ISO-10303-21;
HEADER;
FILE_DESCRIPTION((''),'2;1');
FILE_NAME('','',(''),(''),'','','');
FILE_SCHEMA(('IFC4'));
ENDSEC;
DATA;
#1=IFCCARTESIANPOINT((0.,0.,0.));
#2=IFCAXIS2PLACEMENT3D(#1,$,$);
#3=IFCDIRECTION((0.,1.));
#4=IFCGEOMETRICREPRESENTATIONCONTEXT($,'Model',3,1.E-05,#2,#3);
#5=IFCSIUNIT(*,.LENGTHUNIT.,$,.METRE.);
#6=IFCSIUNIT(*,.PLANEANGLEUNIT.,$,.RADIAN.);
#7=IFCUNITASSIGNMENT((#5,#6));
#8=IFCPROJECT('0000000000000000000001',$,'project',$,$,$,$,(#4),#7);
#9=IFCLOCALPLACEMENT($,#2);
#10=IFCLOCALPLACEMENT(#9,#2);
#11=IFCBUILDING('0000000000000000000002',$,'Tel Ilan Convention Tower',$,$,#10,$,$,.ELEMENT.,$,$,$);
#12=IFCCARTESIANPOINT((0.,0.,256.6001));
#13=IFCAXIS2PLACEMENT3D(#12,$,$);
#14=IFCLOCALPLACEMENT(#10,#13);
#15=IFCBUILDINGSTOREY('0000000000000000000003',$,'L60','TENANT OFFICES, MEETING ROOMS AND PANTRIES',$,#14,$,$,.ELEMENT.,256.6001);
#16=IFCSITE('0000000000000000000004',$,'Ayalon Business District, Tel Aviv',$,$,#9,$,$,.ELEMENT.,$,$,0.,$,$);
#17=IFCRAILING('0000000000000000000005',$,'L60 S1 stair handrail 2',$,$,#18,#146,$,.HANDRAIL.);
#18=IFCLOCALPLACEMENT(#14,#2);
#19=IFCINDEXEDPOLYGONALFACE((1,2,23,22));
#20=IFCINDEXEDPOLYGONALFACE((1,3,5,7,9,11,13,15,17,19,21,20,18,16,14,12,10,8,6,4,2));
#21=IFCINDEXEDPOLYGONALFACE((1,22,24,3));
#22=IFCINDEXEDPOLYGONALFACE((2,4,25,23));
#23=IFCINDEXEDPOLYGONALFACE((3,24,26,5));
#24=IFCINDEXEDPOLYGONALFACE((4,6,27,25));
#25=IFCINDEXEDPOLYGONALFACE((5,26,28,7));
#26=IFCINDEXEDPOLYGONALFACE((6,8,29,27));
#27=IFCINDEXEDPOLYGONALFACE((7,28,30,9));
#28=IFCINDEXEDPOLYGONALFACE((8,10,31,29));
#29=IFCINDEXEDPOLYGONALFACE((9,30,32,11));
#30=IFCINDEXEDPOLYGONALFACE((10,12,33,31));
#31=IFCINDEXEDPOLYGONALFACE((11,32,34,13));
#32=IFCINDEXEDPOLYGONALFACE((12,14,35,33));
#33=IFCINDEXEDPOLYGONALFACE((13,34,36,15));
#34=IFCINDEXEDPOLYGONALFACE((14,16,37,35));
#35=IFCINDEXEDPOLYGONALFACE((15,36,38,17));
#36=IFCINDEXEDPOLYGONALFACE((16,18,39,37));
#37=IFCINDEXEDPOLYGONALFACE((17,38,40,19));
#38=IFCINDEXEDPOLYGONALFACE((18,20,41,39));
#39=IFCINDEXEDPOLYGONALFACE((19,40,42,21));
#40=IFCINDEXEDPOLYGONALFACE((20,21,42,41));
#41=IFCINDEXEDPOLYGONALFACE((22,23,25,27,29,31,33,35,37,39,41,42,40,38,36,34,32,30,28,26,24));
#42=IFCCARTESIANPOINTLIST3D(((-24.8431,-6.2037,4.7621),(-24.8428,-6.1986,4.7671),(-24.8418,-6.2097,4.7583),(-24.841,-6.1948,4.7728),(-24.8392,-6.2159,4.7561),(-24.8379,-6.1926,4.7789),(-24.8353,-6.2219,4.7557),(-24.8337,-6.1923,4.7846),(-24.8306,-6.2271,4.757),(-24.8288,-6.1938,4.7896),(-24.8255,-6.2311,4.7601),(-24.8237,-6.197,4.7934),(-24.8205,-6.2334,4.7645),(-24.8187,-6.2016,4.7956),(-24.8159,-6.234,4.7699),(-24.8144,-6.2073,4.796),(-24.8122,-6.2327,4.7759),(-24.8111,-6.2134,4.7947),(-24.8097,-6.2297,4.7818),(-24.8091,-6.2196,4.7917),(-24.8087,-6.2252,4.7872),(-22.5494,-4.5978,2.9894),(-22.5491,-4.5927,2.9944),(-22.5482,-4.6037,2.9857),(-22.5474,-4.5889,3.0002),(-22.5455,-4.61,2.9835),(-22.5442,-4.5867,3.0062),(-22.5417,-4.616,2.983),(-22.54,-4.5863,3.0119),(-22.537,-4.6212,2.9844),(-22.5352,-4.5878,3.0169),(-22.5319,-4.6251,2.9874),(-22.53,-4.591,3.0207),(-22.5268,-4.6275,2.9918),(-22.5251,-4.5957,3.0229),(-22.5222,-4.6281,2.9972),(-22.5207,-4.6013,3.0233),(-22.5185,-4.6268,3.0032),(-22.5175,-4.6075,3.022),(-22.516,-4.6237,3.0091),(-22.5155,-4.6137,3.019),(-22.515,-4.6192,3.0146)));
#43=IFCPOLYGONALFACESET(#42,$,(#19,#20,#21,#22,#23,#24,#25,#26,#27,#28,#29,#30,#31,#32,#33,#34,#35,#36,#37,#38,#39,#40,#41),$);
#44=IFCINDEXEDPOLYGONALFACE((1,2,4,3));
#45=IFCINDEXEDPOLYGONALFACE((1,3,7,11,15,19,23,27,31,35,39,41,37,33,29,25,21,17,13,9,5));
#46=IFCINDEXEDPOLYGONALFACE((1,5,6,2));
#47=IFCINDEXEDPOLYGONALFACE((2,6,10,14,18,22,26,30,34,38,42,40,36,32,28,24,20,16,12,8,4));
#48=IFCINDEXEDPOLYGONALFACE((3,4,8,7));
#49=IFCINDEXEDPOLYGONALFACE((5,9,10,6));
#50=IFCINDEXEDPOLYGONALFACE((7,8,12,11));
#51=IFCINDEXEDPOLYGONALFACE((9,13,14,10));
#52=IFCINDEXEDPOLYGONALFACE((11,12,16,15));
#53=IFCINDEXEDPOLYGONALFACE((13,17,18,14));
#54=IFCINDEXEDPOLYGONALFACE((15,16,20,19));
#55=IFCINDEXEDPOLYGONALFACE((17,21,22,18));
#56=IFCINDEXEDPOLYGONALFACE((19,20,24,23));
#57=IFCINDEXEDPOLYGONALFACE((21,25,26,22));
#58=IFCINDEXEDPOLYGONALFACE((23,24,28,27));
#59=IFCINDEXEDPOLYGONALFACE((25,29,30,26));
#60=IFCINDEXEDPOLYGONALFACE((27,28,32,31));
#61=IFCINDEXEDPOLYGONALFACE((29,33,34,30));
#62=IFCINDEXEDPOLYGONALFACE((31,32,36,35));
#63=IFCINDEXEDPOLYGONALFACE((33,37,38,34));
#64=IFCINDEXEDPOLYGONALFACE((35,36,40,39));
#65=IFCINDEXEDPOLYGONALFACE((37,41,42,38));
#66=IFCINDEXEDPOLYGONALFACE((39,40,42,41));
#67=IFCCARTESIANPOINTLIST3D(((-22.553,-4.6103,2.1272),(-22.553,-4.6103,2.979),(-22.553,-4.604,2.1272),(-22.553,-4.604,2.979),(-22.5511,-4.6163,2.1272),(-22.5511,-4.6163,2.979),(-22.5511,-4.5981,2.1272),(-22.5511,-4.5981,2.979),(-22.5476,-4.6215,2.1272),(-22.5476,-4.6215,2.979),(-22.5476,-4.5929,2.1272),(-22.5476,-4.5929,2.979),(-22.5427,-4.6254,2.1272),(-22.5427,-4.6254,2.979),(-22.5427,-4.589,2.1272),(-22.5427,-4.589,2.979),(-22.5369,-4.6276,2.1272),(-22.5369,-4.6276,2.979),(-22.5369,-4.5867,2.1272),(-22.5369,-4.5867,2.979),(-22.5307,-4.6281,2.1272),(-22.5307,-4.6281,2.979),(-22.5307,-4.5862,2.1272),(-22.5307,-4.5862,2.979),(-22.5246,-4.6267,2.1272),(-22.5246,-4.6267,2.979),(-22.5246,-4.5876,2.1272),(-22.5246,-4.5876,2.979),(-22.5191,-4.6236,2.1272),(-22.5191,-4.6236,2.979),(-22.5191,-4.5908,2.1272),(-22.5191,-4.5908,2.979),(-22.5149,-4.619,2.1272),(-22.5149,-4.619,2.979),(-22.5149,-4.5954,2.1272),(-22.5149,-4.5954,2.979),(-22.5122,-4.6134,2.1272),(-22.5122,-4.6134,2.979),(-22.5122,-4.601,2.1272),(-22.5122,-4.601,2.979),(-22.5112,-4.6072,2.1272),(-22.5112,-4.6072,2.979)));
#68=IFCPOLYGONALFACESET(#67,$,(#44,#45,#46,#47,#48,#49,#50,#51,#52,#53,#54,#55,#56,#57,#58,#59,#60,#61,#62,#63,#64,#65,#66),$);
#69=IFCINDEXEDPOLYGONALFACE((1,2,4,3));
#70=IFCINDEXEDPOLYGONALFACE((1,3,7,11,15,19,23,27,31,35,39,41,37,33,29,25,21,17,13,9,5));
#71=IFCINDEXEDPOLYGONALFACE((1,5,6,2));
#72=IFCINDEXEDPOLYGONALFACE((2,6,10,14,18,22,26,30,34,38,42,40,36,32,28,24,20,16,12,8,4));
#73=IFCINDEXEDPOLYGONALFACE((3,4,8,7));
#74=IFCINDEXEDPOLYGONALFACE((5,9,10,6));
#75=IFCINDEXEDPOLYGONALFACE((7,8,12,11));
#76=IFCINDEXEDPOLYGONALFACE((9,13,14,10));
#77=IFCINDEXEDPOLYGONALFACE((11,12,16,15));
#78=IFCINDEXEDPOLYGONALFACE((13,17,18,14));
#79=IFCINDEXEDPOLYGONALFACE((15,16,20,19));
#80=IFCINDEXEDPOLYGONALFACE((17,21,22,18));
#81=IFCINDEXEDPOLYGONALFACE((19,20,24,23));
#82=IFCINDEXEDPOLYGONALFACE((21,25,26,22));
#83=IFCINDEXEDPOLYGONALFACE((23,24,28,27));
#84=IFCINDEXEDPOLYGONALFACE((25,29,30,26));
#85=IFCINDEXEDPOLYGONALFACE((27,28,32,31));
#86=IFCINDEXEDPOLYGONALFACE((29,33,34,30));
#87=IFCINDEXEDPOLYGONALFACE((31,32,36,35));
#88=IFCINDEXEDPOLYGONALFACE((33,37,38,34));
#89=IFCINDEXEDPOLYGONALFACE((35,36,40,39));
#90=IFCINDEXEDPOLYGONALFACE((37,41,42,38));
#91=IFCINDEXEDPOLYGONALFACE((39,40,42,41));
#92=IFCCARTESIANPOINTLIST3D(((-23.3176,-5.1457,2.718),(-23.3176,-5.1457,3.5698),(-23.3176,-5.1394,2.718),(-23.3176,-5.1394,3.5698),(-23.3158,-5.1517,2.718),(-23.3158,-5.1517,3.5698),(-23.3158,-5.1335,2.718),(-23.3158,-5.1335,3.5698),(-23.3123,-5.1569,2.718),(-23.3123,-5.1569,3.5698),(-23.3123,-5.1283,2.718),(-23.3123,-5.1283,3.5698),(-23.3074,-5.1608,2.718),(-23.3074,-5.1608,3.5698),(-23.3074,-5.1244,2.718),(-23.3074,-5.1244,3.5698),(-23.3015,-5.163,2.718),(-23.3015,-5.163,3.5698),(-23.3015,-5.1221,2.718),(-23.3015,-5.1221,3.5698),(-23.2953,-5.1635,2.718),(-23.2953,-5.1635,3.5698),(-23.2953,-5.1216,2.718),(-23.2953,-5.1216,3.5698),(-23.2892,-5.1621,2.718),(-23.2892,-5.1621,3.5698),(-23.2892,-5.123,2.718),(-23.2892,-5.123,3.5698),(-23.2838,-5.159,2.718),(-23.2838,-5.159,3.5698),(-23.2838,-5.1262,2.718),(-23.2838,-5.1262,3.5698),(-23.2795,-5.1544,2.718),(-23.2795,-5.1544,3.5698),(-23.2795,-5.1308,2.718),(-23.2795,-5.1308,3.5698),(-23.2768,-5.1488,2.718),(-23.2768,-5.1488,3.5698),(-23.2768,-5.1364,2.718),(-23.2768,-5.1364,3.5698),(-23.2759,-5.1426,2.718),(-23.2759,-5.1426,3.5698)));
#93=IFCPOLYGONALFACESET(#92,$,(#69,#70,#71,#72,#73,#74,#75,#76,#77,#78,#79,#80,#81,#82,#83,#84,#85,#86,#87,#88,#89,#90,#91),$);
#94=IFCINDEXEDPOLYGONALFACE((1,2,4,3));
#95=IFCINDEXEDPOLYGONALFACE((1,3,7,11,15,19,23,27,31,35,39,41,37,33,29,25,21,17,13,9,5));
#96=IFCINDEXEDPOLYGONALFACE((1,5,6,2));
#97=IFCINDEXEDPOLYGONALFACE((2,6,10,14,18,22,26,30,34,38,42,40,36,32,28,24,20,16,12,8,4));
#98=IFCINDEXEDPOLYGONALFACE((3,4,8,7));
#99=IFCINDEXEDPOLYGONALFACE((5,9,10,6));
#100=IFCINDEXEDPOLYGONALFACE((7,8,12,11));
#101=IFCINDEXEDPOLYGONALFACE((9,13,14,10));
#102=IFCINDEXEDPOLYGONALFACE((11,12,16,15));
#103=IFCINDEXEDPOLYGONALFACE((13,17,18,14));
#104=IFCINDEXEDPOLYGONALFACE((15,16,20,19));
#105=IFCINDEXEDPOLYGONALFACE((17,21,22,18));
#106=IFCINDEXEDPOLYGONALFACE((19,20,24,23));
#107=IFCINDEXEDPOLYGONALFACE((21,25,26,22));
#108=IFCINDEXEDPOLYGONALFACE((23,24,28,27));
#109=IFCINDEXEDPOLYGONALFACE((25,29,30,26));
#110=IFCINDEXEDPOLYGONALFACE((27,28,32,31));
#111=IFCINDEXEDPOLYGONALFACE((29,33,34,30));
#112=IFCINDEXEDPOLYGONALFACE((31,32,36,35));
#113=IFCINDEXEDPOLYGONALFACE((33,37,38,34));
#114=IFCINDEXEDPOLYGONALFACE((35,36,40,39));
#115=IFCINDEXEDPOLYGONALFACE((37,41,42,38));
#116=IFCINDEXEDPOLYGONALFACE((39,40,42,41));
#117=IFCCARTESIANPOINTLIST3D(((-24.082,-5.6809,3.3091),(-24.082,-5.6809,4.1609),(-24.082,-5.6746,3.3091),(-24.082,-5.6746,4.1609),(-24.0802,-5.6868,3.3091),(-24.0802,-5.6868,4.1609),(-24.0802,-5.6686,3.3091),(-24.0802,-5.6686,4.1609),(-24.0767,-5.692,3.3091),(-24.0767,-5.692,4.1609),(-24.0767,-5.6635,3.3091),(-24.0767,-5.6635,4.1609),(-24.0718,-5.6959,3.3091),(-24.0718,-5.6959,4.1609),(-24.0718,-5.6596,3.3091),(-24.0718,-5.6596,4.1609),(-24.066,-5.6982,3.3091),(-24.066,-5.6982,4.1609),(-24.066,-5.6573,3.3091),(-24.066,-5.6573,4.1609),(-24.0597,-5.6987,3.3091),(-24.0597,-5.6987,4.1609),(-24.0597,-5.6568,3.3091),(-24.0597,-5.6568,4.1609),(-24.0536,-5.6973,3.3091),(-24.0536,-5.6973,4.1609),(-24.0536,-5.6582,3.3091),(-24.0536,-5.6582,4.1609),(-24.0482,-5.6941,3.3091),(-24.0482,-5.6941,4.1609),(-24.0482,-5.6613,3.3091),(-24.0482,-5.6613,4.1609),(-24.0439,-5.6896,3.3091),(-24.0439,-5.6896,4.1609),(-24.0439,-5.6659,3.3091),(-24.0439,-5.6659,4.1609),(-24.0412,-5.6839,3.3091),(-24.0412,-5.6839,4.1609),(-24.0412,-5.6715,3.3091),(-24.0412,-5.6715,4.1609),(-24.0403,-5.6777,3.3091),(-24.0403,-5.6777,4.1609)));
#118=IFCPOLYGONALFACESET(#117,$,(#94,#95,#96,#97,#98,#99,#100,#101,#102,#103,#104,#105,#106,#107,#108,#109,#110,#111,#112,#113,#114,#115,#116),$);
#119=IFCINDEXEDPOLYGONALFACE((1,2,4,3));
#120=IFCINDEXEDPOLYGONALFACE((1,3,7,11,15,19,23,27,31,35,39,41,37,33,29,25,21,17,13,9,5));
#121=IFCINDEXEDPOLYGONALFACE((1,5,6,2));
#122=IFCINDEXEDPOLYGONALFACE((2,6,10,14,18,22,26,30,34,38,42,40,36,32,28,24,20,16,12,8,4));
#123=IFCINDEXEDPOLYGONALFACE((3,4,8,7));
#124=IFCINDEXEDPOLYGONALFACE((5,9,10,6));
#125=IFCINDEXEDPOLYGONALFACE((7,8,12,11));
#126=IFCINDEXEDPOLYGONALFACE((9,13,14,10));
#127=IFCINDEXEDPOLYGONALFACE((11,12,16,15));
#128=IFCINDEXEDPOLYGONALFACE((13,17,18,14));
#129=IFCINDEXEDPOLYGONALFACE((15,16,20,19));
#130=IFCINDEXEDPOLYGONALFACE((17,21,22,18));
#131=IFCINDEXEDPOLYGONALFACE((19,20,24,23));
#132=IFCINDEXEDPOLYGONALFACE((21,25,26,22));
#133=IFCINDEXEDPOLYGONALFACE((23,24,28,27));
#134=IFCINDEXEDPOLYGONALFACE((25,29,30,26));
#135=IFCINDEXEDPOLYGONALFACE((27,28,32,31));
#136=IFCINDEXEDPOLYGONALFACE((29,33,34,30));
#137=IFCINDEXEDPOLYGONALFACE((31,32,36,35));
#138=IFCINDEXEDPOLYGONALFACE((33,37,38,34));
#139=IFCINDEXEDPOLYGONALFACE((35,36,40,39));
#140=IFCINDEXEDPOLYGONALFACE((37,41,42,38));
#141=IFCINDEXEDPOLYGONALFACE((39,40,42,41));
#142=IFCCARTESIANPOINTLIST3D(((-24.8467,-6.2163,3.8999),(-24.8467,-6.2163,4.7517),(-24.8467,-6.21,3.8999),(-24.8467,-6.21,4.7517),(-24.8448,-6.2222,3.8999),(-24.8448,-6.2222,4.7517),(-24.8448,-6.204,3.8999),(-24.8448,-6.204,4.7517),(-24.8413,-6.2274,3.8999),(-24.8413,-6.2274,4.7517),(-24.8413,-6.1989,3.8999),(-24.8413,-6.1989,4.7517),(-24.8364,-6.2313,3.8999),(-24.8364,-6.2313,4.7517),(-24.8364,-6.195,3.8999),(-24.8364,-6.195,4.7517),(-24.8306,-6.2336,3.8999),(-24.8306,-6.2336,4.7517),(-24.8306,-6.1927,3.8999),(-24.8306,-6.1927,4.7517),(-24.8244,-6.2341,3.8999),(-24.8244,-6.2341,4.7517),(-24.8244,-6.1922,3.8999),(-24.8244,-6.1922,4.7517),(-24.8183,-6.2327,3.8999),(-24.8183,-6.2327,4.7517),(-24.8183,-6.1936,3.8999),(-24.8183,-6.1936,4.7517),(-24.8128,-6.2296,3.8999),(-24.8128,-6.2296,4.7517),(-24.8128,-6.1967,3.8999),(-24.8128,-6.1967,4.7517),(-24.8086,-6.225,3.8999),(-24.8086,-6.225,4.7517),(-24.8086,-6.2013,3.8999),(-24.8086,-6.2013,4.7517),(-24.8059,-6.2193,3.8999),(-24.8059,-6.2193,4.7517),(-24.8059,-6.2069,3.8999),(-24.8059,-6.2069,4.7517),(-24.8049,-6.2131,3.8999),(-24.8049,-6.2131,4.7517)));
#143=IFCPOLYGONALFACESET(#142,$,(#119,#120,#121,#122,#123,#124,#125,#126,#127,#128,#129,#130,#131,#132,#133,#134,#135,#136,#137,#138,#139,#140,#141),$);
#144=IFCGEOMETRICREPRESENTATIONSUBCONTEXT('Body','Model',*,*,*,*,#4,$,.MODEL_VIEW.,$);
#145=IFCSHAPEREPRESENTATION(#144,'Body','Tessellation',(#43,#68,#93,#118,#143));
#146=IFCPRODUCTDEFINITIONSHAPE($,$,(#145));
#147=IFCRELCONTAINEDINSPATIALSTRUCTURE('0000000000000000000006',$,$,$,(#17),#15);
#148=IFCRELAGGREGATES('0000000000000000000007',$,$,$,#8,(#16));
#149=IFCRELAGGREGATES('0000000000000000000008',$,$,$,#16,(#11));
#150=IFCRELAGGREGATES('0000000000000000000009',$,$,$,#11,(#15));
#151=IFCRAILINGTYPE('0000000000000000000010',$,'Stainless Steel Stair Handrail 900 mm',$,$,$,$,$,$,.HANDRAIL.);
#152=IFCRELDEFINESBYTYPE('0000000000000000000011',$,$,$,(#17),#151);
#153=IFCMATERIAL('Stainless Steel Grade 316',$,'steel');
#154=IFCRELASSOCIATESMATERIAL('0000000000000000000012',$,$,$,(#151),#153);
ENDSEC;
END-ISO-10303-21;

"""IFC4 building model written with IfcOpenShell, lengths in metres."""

from ifc_helpers import new_model, si_unit, direction, frame, origin, origin_2d, place, context, subcontext, project, spatial, circle, extrude, material, type_object, element, save


model = new_model("IFC4")

# Units and contexts
model_context = context("Model", 3, precision=1e-05, world=origin(), true_north=direction((0.0, 1.0)))
body_context = subcontext(model_context, "Body", "Model", "MODEL_VIEW")
ifc_project = project(units=[si_unit("LENGTHUNIT", "METRE"), si_unit("PLANEANGLEUNIT", "RADIAN")], contexts=[model_context])

# Site, building, storey
site_placement = place(None, origin())
site = spatial("IfcSite", under=ifc_project, at=site_placement, Name="Ayalon Business District, Tel Aviv", CompositionType="ELEMENT", RefElevation=0.0)
building_placement = place(site_placement, origin())
building = spatial("IfcBuilding", under=site, at=building_placement, Name="Tel Ilan Convention Tower", CompositionType="ELEMENT")
storey_placement = place(building_placement, frame((0.0, 0.0, 256.6001)))
storey = spatial("IfcBuildingStorey", under=building, at=storey_placement, Name="L60", Description="TENANT OFFICES, MEETING ROOMS AND PANTRIES", CompositionType="ELEMENT", Elevation=256.6001)

# Railing
ifc_material_1 = material(Name="Stainless Steel Grade 316", Category="steel")
railing_type_1 = type_object("IfcRailingType", Name="Stainless Steel Stair Handrail 900 mm", PredefinedType="HANDRAIL", material=ifc_material_1)
for number, where, name in (
    (1, (-22.5322, -4.6072, 2.1272), "L60 S1 stair handrail 2"),
):
    element("IfcRailing", number, at=place(storey_placement, frame(where)), inside=storey, type_object=railing_type_1, Name=name, PredefinedType="HANDRAIL", context=body_context, shape_type="SweptSolid", body=[
        extrude(circle(Radius=0.0239, at=origin_2d()), frame((0.0, 0.0, 0.876), z_axis=(-0.692123, -0.484597, 0.534913), x_axis=(0.57355, -0.81917, 0.0)), (0.0, 0.0, 1.0), 3.314),
        extrude(circle(Radius=0.021, at=origin_2d()), origin(), (0.0, 0.0, 1.0), 0.8518),
        extrude(circle(Radius=0.021, at=origin_2d()), frame((-0.7646, -0.5354, 0.5908)), (0.0, 0.0, 1.0), 0.8518),
        extrude(circle(Radius=0.021, at=origin_2d()), frame((-1.5291, -1.0706, 1.1819)), (0.0, 0.0, 1.0), 0.8518),
        extrude(circle(Radius=0.021, at=origin_2d()), frame((-2.2937, -1.606, 1.7727)), (0.0, 0.0, 1.0), 0.8518),
    ])

save(model, "model.ifc")
